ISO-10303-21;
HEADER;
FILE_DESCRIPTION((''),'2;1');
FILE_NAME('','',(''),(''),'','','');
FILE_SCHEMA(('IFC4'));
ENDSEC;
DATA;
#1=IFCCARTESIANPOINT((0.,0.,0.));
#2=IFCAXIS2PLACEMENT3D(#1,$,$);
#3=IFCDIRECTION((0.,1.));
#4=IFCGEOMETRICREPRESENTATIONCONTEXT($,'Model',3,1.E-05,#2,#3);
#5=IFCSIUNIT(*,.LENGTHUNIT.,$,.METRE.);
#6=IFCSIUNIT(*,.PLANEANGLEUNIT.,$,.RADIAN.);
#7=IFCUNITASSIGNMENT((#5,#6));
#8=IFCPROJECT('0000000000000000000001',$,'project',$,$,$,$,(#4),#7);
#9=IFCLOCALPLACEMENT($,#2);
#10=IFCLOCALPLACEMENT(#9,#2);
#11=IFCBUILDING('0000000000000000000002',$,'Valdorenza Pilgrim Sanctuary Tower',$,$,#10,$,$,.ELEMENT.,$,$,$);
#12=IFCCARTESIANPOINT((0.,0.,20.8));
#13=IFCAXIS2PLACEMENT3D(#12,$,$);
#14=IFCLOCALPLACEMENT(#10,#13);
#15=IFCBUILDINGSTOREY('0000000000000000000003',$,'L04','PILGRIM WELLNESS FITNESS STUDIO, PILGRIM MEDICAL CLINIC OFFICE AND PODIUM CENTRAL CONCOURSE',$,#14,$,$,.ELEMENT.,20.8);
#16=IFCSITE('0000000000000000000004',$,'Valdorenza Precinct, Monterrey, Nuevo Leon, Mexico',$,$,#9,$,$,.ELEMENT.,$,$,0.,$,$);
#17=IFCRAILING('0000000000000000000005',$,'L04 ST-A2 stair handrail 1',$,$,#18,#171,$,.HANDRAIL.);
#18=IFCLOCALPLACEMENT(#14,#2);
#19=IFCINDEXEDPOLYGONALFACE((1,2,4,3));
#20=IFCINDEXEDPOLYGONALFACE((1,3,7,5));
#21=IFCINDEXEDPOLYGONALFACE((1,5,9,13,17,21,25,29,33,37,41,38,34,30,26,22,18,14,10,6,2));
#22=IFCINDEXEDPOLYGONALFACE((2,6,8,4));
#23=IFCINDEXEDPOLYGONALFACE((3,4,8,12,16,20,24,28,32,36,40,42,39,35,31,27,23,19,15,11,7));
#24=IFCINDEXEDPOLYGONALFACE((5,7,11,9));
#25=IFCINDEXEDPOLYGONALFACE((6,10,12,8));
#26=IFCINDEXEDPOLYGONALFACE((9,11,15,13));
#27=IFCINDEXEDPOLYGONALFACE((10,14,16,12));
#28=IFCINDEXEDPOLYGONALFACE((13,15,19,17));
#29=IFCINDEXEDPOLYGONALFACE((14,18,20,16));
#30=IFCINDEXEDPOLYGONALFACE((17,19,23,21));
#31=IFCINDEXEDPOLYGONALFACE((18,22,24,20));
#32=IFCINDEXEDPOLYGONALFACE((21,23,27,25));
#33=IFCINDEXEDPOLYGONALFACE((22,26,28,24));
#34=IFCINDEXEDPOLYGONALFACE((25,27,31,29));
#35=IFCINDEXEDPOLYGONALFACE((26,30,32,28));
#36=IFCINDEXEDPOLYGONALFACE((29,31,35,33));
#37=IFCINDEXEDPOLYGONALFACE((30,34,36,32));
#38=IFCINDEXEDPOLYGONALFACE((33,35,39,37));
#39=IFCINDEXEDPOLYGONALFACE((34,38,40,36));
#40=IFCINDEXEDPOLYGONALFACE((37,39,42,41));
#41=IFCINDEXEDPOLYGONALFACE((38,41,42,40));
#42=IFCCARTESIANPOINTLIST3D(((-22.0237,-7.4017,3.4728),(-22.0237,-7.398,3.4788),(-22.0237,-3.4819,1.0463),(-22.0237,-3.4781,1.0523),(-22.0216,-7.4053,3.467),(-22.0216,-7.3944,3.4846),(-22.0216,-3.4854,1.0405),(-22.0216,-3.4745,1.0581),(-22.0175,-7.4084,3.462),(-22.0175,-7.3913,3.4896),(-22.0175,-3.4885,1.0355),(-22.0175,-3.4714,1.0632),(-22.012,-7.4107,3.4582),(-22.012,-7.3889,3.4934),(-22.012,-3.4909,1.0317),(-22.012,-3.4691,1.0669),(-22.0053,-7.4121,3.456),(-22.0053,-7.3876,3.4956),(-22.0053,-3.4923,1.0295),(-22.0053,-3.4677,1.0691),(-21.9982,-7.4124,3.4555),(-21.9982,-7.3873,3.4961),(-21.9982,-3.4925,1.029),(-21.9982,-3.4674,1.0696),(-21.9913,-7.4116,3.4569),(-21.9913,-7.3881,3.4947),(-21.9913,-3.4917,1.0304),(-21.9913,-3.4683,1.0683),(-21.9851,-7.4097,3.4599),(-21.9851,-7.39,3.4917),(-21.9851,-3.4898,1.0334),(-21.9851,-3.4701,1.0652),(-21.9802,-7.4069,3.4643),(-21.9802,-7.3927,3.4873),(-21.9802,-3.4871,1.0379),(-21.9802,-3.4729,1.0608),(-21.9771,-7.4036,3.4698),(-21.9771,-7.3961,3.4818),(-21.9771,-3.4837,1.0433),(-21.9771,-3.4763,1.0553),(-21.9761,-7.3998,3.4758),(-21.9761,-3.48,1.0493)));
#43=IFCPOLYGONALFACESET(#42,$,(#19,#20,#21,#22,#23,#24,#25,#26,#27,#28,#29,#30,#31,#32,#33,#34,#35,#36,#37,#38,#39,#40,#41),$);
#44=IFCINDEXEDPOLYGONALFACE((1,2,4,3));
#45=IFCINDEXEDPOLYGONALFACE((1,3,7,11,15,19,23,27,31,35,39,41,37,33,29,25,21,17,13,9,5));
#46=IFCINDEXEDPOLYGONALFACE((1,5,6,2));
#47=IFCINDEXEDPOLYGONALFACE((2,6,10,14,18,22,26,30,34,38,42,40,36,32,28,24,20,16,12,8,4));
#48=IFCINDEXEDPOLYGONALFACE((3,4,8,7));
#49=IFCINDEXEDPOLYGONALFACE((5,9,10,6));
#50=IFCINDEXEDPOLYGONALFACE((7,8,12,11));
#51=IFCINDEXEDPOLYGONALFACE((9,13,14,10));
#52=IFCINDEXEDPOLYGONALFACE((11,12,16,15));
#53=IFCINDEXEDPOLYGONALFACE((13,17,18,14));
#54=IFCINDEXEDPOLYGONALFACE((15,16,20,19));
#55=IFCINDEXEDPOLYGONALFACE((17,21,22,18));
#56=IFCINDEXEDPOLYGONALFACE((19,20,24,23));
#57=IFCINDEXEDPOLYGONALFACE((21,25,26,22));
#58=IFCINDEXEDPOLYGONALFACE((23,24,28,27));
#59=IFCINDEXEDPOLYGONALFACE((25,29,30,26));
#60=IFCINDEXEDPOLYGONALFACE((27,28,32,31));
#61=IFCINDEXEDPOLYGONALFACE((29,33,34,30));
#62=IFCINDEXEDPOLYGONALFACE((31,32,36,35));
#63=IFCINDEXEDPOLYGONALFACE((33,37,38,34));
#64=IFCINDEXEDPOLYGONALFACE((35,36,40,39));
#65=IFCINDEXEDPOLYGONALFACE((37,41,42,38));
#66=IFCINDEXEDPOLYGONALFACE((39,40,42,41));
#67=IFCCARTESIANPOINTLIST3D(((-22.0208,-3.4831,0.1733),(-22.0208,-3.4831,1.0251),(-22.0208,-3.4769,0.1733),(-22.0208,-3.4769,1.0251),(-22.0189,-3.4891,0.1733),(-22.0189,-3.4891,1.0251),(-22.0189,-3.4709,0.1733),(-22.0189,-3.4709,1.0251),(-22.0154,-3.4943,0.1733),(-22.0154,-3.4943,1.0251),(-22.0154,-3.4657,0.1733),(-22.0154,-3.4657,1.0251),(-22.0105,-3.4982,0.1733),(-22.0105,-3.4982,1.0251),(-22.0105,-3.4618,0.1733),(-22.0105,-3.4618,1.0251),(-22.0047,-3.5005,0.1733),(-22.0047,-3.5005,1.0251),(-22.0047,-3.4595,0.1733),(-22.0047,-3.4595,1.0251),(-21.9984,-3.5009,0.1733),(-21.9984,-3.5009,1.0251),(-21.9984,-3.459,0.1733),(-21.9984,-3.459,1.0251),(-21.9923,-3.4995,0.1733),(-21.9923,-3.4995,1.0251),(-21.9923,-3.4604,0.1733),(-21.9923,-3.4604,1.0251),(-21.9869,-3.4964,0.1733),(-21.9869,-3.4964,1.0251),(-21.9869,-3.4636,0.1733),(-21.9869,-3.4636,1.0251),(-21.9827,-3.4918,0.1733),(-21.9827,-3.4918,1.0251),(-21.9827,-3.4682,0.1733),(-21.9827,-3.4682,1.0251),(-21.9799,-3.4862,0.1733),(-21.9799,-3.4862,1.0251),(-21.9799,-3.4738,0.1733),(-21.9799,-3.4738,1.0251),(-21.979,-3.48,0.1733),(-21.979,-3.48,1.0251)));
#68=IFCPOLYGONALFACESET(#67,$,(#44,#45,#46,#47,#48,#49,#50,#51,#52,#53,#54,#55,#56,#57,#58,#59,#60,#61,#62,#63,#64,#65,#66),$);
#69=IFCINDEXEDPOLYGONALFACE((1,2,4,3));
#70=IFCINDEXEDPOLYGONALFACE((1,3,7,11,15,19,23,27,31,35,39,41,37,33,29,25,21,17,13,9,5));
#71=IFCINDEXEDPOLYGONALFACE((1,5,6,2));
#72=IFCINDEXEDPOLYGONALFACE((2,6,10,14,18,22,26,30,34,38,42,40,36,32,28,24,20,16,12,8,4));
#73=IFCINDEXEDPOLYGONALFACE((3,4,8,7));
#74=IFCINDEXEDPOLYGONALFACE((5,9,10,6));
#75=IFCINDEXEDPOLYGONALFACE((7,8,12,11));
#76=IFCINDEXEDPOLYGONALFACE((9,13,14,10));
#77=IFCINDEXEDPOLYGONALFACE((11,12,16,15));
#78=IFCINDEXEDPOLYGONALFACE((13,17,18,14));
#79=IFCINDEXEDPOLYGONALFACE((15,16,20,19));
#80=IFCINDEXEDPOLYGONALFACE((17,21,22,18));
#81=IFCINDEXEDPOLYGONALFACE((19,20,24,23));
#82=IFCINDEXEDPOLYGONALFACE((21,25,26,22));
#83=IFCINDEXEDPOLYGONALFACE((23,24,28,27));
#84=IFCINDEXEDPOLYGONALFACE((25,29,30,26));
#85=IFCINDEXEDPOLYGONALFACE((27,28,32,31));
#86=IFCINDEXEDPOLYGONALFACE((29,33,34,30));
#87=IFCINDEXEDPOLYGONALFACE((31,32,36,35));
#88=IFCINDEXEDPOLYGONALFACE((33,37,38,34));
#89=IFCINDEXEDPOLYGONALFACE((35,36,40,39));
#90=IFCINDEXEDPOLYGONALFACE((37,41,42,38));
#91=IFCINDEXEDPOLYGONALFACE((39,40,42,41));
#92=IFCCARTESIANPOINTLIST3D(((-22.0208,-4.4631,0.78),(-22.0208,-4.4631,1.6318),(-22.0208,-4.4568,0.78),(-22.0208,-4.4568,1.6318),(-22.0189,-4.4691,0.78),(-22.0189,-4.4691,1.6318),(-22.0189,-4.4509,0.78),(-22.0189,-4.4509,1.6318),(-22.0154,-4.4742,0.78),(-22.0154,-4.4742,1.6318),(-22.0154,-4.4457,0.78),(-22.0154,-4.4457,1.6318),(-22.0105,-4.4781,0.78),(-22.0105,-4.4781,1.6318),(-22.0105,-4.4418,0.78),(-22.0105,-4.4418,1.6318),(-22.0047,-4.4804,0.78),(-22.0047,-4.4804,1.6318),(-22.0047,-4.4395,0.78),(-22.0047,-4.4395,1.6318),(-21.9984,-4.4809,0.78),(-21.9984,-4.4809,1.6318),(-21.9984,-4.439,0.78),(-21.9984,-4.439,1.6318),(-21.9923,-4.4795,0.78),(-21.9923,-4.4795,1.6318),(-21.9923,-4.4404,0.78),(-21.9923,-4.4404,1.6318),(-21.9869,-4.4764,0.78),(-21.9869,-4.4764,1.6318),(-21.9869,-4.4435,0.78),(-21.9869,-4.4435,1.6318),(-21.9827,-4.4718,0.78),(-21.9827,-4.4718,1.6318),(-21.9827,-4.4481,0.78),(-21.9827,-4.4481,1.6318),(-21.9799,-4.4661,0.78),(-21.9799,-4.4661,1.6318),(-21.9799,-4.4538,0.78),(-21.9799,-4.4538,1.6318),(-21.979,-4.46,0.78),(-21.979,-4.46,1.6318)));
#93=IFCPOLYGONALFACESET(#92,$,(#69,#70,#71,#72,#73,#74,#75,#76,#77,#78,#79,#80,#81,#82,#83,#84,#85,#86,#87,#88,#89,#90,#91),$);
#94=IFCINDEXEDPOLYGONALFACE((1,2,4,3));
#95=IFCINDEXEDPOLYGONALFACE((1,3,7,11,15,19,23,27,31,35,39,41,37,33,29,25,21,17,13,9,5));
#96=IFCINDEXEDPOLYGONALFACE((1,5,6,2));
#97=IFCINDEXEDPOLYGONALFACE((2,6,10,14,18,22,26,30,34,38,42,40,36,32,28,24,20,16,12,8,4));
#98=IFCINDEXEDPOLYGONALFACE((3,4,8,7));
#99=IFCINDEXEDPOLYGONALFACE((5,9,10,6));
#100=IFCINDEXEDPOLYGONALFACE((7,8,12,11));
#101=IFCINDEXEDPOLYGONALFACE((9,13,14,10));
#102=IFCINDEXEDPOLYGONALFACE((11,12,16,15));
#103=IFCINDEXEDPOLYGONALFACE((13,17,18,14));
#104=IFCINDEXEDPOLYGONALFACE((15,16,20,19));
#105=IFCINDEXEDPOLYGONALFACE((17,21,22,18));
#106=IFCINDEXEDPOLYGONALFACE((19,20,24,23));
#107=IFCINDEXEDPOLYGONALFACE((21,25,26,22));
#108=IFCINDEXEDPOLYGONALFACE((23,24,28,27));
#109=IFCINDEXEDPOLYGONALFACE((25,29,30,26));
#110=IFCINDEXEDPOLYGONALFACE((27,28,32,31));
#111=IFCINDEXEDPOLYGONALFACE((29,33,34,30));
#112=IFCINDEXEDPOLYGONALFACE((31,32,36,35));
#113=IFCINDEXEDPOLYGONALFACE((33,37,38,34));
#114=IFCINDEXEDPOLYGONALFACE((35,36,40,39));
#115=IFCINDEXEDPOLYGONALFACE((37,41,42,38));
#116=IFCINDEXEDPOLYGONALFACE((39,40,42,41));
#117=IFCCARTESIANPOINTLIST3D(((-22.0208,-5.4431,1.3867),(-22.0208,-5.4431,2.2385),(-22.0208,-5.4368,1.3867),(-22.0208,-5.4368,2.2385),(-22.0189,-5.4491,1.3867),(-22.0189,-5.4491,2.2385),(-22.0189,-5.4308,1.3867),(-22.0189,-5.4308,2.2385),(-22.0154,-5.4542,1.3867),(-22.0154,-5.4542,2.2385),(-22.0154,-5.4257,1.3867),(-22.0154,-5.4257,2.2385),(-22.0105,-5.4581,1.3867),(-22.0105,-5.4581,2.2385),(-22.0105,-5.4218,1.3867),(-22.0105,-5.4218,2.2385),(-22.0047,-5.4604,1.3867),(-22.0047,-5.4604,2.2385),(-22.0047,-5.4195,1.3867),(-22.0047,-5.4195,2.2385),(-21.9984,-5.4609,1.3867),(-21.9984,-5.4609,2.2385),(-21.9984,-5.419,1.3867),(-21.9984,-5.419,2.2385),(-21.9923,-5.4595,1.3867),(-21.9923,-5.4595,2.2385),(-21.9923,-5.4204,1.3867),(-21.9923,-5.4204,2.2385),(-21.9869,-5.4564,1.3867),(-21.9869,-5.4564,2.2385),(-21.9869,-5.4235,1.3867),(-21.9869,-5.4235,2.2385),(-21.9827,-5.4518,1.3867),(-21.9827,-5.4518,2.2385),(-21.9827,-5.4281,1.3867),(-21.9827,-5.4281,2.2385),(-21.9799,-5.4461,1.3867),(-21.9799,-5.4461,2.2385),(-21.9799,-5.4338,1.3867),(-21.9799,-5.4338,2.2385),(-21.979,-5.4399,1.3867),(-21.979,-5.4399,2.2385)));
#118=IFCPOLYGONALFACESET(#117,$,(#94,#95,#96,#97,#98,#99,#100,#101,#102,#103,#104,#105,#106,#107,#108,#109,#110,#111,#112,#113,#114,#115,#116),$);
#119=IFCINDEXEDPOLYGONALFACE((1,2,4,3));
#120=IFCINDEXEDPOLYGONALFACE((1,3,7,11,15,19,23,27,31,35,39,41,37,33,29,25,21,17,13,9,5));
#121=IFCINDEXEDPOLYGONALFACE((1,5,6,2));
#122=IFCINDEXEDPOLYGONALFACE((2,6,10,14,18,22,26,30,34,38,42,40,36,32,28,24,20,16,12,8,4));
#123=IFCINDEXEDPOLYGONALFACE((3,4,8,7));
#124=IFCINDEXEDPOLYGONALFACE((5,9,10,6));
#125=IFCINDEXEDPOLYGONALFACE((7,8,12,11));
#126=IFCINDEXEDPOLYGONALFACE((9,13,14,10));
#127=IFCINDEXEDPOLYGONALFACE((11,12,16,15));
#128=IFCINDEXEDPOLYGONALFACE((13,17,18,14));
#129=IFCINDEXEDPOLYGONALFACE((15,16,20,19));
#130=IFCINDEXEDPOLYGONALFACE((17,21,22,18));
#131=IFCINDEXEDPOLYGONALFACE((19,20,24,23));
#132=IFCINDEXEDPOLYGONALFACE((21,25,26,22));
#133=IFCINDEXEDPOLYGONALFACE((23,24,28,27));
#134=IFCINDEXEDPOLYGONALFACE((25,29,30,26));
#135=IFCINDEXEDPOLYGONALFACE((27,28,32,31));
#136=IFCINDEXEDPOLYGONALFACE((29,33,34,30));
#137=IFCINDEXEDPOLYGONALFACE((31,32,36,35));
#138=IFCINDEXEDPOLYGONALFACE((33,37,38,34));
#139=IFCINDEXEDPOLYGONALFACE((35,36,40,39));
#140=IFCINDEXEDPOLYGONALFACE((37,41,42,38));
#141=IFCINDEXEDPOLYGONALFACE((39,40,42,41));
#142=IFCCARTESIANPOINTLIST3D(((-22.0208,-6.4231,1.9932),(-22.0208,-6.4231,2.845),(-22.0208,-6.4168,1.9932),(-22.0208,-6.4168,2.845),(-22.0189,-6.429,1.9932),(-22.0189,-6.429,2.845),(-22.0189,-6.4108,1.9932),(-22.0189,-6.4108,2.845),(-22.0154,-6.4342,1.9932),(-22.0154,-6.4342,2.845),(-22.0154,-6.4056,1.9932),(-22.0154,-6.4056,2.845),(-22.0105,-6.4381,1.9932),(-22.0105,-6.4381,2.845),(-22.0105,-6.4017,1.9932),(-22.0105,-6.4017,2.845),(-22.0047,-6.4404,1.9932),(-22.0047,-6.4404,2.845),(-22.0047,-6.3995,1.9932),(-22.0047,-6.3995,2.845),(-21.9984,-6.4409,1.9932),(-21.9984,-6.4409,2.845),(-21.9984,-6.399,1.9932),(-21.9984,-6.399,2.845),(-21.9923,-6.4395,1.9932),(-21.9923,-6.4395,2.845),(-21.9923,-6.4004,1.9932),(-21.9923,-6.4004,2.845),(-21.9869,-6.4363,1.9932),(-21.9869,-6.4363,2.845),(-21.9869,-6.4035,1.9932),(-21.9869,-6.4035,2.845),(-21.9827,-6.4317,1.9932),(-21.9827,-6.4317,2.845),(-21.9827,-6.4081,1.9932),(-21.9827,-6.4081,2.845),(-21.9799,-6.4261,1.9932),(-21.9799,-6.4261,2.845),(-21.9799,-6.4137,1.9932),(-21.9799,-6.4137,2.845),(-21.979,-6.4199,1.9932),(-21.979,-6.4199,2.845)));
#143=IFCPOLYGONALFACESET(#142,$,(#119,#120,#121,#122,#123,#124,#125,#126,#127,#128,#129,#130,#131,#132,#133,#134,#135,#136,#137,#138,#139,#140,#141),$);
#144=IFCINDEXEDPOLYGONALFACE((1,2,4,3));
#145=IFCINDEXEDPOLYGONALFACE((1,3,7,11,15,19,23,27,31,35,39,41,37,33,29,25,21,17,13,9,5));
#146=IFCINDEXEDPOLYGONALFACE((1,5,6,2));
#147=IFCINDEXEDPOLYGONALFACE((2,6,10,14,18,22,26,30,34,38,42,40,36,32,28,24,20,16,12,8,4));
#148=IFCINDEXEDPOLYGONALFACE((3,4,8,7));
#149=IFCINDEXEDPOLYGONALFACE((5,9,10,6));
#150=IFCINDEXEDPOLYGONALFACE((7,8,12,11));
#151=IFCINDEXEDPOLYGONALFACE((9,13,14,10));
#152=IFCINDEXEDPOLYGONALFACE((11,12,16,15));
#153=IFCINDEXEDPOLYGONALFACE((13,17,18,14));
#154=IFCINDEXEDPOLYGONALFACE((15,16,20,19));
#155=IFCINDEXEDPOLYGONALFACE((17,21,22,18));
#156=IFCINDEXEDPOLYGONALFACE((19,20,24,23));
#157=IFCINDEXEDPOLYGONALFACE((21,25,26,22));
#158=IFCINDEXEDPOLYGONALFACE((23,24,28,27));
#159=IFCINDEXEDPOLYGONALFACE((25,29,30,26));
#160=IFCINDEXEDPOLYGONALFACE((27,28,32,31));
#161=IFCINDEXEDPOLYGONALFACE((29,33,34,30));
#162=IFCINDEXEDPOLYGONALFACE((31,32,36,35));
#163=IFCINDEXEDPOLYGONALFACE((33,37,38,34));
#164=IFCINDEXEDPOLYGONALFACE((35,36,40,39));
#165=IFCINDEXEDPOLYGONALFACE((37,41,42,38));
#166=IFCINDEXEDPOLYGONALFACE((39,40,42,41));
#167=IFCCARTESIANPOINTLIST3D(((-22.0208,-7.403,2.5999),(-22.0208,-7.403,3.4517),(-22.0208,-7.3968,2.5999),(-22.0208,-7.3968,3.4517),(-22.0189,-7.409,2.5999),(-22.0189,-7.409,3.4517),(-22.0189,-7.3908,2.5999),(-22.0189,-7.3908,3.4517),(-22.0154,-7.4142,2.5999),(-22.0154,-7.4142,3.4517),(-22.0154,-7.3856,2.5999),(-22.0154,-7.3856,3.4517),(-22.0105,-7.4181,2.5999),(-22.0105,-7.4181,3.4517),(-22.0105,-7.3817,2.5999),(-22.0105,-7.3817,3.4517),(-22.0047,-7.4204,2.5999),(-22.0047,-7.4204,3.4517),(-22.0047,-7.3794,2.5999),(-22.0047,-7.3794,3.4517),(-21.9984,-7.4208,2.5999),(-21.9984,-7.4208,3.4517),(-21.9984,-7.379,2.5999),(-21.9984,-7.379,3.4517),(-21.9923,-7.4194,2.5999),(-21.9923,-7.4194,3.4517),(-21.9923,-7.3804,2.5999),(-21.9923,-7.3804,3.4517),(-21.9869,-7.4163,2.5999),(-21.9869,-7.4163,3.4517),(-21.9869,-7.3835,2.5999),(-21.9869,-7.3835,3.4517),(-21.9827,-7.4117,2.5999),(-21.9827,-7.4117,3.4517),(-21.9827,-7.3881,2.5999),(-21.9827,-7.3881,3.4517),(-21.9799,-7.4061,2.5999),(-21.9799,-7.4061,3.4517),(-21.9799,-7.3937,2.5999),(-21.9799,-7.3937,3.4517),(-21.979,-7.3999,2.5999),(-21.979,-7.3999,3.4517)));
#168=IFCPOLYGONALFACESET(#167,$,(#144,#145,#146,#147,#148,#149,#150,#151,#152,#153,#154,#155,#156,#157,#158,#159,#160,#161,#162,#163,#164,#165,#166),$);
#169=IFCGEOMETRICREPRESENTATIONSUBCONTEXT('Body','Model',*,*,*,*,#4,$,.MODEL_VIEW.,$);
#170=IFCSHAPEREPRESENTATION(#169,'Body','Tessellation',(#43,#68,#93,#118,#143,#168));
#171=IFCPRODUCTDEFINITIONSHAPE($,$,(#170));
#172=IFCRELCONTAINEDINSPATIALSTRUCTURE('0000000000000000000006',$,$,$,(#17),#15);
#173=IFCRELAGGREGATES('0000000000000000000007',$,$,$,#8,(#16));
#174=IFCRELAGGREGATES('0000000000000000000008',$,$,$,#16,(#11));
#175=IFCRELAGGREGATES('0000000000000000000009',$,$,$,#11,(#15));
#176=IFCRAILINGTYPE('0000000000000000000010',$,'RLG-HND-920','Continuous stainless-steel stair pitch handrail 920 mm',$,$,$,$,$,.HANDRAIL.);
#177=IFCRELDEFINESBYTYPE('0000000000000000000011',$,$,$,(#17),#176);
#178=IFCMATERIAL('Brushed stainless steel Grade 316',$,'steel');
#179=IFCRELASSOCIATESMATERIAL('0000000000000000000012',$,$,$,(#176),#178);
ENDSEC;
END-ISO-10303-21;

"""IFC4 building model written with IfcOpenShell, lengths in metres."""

from ifc_helpers import new_model, si_unit, direction, frame, origin, origin_2d, place, context, subcontext, project, spatial, circle, extrude, material, type_object, element, save


model = new_model("IFC4")

# Units and contexts
model_context = context("Model", 3, precision=1e-05, world=origin(), true_north=direction((0.0, 1.0)))
body_context = subcontext(model_context, "Body", "Model", "MODEL_VIEW")
ifc_project = project(units=[si_unit("LENGTHUNIT", "METRE"), si_unit("PLANEANGLEUNIT", "RADIAN")], contexts=[model_context])

# Site, building, storey
site_placement = place(None, origin())
site = spatial("IfcSite", under=ifc_project, at=site_placement, Name="Valdorenza Precinct, Monterrey, Nuevo Leon, Mexico", CompositionType="ELEMENT", RefElevation=0.0)
building_placement = place(site_placement, origin())
building = spatial("IfcBuilding", under=site, at=building_placement, Name="Valdorenza Pilgrim Sanctuary Tower", CompositionType="ELEMENT")
storey_placement = place(building_placement, frame((0.0, 0.0, 20.8)))
storey = spatial("IfcBuildingStorey", under=building, at=storey_placement, Name="L04", Description="PILGRIM WELLNESS FITNESS STUDIO, PILGRIM MEDICAL CLINIC OFFICE AND PODIUM CENTRAL CONCOURSE", CompositionType="ELEMENT", Elevation=20.8)

# Railing
ifc_material_1 = material(Name="Brushed stainless steel Grade 316", Category="steel")
railing_type_1 = type_object("IfcRailingType", Name="RLG-HND-920", Description="Continuous stainless-steel stair pitch handrail 920 mm", PredefinedType="HANDRAIL", material=ifc_material_1)
railing_1_placement = place(storey_placement, frame((-22.0, -3.48, 0.1733)))
element("IfcRailing", 1, at=railing_1_placement, inside=storey, type_object=railing_type_1, Name="L04 ST-A2 stair handrail 1", PredefinedType="HANDRAIL", context=body_context, shape_type="SweptSolid", body=[
    extrude(circle(Radius=0.0239, at=origin_2d()), frame((0.0, 0.0, 0.876), z_axis=(0.0, -0.850275, 0.526338), x_axis=(1.0, 0.0, 0.0)), (0.0, 0.0, 1.0), 4.6101),
    extrude(circle(Radius=0.021, at=origin_2d()), origin(), (0.0, 0.0, 1.0), 0.8518),
    extrude(circle(Radius=0.021, at=origin_2d()), frame((0.0, -0.98, 0.6067)), (0.0, 0.0, 1.0), 0.8518),
    extrude(circle(Radius=0.021, at=origin_2d()), frame((0.0, -1.96, 1.2134)), (0.0, 0.0, 1.0), 0.8518),
    extrude(circle(Radius=0.021, at=origin_2d()), frame((0.0, -2.9399, 1.8198)), (0.0, 0.0, 1.0), 0.8518),
    extrude(circle(Radius=0.021, at=origin_2d()), frame((0.0, -3.9199, 2.4265)), (0.0, 0.0, 1.0), 0.8518),
])

save(model, "model.ifc")
